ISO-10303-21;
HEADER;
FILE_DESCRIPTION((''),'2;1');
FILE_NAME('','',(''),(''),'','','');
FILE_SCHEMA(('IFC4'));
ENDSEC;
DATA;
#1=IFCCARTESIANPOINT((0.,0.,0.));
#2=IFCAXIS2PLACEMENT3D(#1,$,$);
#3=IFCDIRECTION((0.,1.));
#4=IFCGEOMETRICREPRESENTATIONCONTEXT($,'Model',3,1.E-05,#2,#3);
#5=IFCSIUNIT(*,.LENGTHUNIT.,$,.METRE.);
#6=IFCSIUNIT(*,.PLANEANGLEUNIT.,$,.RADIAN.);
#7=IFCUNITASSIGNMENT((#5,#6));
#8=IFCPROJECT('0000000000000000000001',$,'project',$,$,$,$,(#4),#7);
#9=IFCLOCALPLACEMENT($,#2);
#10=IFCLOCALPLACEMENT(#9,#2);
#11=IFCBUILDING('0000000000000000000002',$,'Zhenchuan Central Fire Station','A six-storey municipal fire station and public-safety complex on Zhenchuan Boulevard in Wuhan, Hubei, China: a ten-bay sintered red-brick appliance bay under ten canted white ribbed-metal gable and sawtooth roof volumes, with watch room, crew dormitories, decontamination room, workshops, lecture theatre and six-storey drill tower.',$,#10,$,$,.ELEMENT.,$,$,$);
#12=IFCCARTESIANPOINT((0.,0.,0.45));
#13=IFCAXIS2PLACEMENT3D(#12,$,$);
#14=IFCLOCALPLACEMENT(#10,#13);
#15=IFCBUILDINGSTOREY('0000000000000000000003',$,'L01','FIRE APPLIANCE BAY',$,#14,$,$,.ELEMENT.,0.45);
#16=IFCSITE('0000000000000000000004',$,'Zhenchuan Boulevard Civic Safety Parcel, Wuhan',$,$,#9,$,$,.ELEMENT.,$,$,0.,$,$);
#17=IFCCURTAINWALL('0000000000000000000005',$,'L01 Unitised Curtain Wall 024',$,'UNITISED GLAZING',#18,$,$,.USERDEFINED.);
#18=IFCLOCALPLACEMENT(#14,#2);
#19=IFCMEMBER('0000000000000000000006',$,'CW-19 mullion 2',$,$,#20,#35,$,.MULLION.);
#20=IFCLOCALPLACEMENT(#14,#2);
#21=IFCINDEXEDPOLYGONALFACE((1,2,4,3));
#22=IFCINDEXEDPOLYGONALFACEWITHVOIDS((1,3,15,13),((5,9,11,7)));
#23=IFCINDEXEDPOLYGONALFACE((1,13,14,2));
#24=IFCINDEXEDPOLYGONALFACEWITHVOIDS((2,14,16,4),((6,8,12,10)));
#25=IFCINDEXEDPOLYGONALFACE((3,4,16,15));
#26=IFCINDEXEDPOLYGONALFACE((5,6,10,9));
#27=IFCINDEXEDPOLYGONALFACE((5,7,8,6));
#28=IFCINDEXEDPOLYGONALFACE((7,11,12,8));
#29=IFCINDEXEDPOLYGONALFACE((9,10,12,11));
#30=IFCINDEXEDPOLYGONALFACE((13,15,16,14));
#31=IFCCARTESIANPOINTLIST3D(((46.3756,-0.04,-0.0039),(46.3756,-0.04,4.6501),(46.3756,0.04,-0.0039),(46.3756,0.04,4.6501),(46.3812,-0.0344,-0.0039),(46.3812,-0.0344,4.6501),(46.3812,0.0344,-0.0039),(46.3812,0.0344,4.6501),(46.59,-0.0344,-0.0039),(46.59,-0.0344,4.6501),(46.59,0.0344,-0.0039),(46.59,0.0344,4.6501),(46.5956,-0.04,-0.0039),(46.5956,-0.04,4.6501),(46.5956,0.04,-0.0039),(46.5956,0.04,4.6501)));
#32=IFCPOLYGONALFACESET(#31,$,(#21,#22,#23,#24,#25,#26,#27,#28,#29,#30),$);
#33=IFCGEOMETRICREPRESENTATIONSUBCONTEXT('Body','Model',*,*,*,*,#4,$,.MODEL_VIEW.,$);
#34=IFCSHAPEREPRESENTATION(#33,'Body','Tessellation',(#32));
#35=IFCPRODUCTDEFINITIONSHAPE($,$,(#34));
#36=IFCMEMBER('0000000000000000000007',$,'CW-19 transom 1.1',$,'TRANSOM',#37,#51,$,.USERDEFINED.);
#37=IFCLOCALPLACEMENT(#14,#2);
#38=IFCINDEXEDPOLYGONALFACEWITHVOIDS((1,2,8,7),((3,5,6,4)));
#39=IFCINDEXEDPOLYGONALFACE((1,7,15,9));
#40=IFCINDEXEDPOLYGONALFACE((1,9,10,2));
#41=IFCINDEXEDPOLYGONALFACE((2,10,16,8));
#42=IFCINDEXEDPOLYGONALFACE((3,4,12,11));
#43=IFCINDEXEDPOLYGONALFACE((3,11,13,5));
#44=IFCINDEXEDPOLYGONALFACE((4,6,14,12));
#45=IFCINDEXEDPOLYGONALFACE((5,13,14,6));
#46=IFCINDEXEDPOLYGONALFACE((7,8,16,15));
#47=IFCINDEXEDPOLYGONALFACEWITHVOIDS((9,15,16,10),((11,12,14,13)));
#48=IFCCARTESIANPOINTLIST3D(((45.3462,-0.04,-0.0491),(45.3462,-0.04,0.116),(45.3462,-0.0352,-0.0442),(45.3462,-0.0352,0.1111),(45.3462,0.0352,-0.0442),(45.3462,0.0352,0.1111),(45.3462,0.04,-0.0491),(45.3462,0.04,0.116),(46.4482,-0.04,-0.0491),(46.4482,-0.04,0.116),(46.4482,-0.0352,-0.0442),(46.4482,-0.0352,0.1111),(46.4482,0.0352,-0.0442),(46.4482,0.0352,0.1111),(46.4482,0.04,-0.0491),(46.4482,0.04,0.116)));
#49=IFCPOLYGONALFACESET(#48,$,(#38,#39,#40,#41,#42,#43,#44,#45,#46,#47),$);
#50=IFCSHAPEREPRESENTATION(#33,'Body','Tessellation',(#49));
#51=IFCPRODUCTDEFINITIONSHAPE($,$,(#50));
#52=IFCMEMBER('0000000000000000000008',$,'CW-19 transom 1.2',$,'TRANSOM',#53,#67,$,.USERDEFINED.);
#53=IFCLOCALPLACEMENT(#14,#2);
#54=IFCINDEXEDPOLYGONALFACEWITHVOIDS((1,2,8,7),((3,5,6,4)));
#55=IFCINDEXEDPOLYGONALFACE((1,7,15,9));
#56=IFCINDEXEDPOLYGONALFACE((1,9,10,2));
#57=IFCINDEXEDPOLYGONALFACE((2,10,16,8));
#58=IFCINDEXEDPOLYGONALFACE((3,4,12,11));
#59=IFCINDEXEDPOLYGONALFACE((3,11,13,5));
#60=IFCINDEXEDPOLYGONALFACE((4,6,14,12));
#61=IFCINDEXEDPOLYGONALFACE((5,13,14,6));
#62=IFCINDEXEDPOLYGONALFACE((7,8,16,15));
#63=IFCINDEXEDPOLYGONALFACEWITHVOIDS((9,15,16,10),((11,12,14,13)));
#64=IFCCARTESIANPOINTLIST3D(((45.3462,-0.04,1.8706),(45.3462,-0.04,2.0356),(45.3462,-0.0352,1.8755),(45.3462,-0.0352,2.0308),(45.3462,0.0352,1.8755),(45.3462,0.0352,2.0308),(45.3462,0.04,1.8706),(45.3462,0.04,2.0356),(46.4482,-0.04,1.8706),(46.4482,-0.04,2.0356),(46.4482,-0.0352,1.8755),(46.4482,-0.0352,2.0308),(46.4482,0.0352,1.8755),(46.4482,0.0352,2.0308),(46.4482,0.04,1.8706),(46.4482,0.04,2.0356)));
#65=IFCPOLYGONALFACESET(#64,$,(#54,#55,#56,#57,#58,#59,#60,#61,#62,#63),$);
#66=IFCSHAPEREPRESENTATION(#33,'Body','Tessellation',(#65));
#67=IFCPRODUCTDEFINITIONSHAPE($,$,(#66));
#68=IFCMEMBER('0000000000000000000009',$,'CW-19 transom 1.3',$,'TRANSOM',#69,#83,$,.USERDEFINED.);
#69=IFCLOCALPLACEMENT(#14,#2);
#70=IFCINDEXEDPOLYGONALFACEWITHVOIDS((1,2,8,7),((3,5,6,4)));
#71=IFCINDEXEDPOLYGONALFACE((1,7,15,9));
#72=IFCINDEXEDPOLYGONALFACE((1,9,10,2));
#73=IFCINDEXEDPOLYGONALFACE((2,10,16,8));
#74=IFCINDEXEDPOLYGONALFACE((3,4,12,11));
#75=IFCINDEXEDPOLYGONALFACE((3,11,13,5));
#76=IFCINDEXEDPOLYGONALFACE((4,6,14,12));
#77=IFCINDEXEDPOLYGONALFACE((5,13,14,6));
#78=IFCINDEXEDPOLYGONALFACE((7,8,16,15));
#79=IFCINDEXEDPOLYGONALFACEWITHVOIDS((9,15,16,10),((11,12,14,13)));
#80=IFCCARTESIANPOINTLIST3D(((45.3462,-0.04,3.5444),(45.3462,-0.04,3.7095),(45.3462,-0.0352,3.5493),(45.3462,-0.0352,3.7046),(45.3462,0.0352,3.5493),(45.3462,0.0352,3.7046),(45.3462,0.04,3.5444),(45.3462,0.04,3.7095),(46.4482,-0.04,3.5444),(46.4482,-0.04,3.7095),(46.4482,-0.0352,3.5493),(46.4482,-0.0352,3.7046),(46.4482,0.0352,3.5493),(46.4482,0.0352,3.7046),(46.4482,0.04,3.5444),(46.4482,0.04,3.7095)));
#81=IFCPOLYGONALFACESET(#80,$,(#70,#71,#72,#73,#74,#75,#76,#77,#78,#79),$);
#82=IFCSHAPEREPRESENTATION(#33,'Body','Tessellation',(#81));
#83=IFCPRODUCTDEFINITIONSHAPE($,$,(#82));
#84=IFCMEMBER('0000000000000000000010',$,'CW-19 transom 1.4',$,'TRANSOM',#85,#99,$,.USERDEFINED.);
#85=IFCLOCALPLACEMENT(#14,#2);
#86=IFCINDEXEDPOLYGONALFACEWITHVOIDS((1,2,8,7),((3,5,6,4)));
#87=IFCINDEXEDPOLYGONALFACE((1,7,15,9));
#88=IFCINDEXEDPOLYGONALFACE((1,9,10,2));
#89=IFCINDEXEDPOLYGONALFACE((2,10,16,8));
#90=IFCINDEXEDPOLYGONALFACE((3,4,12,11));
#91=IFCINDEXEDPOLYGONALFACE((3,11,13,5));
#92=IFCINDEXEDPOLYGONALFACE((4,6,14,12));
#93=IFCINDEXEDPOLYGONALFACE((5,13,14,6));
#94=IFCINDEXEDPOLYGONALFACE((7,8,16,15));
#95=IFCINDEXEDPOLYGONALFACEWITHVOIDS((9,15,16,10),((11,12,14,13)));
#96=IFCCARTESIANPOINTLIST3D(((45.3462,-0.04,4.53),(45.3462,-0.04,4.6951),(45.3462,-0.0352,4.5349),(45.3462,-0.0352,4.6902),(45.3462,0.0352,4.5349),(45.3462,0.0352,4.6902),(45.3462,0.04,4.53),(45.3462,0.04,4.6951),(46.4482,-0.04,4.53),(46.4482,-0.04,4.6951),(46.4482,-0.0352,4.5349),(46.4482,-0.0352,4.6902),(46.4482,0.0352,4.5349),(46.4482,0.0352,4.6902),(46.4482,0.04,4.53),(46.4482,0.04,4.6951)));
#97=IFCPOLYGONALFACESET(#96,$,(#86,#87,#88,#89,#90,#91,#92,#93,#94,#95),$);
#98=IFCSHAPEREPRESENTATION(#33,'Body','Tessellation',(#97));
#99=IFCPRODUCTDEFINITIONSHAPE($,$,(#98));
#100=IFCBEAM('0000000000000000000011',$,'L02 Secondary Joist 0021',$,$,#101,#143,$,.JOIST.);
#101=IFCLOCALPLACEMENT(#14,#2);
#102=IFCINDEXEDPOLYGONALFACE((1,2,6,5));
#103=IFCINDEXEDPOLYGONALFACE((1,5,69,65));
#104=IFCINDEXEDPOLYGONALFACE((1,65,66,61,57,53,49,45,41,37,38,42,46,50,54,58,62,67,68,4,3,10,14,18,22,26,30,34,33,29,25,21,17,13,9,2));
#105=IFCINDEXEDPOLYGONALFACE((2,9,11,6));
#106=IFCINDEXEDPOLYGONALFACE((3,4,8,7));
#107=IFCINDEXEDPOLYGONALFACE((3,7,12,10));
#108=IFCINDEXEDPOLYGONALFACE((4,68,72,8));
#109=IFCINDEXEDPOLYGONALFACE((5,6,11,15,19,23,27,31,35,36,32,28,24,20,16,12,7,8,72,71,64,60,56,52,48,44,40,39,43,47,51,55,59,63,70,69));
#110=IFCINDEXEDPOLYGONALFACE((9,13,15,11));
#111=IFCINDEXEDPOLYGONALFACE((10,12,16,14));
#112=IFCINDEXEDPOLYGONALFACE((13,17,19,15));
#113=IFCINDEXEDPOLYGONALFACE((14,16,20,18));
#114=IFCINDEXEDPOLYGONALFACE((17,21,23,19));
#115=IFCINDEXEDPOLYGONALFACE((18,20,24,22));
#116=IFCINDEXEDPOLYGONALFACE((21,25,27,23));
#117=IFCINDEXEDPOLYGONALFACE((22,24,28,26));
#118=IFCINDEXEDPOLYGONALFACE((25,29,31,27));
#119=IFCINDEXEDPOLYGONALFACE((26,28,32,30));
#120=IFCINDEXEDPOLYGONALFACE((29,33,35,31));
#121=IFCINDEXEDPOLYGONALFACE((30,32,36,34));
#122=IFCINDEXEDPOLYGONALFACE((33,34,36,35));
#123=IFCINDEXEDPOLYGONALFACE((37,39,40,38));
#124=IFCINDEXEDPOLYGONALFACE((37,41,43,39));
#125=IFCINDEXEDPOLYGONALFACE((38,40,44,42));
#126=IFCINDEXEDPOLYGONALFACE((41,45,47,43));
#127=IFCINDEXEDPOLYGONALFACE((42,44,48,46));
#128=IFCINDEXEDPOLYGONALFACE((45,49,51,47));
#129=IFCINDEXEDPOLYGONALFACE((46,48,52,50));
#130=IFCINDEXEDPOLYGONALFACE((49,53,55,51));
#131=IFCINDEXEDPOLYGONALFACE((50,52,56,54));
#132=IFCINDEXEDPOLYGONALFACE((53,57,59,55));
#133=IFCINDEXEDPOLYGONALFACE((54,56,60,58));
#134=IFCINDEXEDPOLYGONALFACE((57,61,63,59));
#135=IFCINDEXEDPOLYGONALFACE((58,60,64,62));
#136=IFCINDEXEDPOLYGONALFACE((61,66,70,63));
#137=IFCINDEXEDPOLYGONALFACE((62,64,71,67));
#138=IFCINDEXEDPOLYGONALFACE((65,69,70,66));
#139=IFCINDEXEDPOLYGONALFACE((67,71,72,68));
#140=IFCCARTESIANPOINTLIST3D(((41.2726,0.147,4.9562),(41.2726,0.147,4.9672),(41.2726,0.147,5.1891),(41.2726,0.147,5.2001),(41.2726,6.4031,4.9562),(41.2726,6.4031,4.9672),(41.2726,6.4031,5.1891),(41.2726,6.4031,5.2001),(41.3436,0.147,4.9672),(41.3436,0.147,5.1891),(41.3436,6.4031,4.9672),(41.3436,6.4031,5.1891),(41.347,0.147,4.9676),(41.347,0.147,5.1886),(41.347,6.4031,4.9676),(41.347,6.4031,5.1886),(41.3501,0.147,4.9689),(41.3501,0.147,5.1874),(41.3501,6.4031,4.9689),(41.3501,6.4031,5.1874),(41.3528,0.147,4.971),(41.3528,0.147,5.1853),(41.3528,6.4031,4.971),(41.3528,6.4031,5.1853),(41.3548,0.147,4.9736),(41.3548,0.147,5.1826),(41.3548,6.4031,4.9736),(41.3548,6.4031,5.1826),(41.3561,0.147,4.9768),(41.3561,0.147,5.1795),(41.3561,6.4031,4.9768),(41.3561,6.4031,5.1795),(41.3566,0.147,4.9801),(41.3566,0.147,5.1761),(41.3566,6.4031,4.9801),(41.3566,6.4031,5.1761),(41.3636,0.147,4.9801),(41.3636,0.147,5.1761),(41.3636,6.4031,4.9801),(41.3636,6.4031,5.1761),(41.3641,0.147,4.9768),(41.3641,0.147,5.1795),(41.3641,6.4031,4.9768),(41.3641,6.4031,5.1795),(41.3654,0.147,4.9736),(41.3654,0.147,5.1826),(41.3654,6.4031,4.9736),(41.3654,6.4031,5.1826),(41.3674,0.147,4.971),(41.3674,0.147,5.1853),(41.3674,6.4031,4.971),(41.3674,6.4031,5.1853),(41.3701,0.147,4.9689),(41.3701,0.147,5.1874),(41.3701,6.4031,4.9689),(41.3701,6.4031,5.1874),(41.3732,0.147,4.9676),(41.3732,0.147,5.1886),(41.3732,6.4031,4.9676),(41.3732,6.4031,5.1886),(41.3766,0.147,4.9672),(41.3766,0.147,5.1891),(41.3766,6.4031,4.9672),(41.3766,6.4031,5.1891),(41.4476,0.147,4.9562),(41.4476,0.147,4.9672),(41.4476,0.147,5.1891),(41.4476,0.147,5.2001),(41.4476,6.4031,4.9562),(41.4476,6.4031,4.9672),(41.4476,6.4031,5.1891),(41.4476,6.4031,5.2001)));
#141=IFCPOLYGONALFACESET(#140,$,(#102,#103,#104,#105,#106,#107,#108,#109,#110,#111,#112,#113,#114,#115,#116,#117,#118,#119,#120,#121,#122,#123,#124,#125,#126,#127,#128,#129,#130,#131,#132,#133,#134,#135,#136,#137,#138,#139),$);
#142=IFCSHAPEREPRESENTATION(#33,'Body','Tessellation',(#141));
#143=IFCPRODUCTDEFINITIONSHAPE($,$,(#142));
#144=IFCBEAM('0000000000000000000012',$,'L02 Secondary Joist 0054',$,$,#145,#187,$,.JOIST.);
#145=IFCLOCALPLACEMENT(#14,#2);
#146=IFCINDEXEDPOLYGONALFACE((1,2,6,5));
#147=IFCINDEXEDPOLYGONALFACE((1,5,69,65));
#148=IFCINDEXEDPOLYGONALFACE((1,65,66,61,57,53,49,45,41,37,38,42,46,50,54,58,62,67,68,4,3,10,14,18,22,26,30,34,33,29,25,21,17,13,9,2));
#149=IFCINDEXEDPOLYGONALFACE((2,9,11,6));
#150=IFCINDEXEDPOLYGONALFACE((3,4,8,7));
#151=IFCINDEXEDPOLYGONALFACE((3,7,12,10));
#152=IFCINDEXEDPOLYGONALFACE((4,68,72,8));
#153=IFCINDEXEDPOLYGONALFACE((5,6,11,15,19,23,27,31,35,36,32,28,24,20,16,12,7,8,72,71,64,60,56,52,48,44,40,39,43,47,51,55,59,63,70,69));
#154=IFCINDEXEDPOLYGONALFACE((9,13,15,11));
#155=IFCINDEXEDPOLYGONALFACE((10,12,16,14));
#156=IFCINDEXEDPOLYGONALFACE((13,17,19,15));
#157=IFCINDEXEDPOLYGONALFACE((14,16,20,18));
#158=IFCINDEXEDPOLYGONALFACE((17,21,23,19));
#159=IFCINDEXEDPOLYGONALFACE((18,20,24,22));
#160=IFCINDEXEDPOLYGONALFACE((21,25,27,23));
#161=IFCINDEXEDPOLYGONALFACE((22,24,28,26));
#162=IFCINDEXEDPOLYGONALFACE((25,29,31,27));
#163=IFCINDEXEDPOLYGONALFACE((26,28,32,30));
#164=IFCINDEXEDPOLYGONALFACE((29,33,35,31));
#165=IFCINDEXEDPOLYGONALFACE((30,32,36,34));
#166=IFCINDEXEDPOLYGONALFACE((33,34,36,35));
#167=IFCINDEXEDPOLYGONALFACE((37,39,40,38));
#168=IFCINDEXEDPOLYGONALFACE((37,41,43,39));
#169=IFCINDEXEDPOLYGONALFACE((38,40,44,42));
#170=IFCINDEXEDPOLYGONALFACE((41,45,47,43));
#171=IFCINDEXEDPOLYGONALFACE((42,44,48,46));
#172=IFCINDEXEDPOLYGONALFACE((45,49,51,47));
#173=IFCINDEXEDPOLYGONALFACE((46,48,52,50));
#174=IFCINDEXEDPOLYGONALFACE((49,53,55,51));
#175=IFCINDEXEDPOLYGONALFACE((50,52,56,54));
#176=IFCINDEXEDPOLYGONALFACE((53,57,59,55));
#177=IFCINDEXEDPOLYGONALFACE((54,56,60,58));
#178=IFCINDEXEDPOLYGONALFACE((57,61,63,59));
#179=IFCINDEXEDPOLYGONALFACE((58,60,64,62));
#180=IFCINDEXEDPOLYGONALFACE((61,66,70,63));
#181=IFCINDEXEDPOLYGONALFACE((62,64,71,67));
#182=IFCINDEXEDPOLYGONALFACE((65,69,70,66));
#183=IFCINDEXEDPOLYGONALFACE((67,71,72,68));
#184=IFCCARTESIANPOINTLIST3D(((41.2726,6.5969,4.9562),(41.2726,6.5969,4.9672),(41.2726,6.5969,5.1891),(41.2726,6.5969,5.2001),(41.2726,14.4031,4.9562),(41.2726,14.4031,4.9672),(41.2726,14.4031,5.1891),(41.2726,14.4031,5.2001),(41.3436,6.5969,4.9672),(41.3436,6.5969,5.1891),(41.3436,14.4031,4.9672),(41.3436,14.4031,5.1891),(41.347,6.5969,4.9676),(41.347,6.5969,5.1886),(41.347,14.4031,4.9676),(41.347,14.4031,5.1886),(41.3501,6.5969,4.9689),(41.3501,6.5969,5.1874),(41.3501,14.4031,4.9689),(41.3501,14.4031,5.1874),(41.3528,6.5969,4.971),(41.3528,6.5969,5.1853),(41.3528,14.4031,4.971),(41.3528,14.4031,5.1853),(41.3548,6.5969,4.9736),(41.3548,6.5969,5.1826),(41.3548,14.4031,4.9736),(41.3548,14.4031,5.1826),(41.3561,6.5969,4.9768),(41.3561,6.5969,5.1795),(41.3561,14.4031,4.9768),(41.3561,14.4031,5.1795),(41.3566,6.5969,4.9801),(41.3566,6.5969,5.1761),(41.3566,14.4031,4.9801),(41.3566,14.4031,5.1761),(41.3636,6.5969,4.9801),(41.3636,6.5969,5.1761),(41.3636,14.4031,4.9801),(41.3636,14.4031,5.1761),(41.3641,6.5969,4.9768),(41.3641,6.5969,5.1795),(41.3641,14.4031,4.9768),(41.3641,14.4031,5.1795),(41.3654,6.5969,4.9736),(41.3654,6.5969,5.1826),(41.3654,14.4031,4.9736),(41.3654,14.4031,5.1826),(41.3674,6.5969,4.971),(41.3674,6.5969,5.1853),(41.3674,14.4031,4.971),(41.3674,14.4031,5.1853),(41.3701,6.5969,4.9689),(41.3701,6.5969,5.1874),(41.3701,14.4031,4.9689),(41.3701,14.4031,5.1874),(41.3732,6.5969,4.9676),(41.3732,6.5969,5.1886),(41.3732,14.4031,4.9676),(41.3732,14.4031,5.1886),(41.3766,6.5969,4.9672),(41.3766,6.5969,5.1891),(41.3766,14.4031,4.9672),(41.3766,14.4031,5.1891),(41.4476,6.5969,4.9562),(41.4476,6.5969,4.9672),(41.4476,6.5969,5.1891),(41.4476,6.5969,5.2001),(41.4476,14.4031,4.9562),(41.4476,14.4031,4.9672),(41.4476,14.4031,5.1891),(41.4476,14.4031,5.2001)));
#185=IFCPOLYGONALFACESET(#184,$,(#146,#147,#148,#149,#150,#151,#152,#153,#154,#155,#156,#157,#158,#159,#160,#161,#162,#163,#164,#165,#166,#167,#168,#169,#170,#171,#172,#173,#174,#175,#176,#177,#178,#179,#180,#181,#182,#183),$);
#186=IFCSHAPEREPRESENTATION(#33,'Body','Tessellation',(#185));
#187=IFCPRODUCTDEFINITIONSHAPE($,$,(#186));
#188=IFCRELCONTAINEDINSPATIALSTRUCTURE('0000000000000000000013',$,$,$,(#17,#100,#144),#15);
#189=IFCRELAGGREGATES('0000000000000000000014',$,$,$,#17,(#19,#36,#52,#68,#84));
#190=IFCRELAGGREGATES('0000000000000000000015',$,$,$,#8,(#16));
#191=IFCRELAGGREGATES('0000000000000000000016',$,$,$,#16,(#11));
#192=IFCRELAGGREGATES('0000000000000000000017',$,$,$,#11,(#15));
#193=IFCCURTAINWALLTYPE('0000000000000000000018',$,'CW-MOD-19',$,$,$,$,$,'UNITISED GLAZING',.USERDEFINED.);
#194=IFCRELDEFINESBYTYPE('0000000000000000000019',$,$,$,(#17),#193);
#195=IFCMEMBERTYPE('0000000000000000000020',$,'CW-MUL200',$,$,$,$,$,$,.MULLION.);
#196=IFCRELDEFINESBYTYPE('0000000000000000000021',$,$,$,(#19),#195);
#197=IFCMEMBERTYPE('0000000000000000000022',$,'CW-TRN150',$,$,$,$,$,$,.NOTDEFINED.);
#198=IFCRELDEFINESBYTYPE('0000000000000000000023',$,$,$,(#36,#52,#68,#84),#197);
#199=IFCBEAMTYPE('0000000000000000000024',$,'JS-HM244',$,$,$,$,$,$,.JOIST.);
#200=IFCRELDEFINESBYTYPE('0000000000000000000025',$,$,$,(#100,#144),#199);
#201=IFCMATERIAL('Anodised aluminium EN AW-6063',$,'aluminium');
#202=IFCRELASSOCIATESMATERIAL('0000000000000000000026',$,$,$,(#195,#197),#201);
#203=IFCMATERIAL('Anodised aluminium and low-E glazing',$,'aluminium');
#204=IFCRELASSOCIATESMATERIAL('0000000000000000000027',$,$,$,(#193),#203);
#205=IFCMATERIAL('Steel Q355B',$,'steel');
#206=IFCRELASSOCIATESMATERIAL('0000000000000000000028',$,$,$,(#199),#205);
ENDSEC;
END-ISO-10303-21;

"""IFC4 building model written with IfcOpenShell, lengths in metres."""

from ifc_helpers import new_model, si_unit, direction, frame, origin, origin_2d, place, context, subcontext, project, spatial, hollow_rectangle, i_section, extrude, material, material_profile, profile_set, type_object, element, aggregate, save


model = new_model("IFC4")

# Units and contexts
model_context = context("Model", 3, precision=1e-05, world=origin(), true_north=direction((0.0, 1.0)))
body_context = subcontext(model_context, "Body", "Model", "MODEL_VIEW")
ifc_project = project(units=[si_unit("LENGTHUNIT", "METRE"), si_unit("PLANEANGLEUNIT", "RADIAN")], contexts=[model_context])

# Site, building, storey
site_placement = place(None, origin())
site = spatial("IfcSite", under=ifc_project, at=site_placement, Name="Zhenchuan Boulevard Civic Safety Parcel, Wuhan", CompositionType="ELEMENT", RefElevation=0.0)
building_placement = place(site_placement, origin())
building = spatial("IfcBuilding", under=site, at=building_placement, Name="Zhenchuan Central Fire Station", Description="A six-storey municipal fire station and public-safety complex on Zhenchuan Boulevard in Wuhan, Hubei, China: a ten-bay sintered red-brick appliance bay under ten canted white ribbed-metal gable and sawtooth roof volumes, with watch room, crew dormitories, decontamination room, workshops, lecture theatre and six-storey drill tower.", CompositionType="ELEMENT")
storey_placement = place(building_placement, frame((0.0, 0.0, 0.45)))
storey = spatial("IfcBuildingStorey", under=building, at=storey_placement, Name="L01", Description="FIRE APPLIANCE BAY", CompositionType="ELEMENT", Elevation=0.45)

# Shared definitions
ifc_material_1 = material(Name="Anodised aluminium and low-E glazing", Category="aluminium")
ifc_material_2 = material(Name="Anodised aluminium EN AW-6063", Category="aluminium")
ifc_material_profile_1 = material_profile(ifc_material_2, hollow_rectangle(XDim=0.0801, YDim=0.22, WallThickness=0.0056, at=origin_2d()), Name="ALU-M 220x80")
ifc_profile_set_1 = profile_set([ifc_material_profile_1], Name="Anodised aluminium EN AW-6063")
member_type_1 = type_object("IfcMemberType", Name="CW-MUL200", PredefinedType="MULLION", material=ifc_profile_set_1)

# Curtain wall, members
curtain_wall_type_1 = type_object("IfcCurtainWallType", Name="CW-MOD-19", ElementType="UNITISED GLAZING", PredefinedType="USERDEFINED", material=ifc_material_1)
curtain_wall_1_placement = place(storey_placement, origin())
curtain_wall_1 = element("IfcCurtainWall", 1, at=curtain_wall_1_placement, inside=storey, type_object=curtain_wall_type_1, Name="L01 Unitised Curtain Wall 024", ObjectType="UNITISED GLAZING", PredefinedType="USERDEFINED")
member_1_placement = place(storey_placement, frame((46.4856, 0.0, -0.0039), z_axis=(0.0, 0.0, 1.0), x_axis=(0.0, 1.0, 0.0)))
member_1 = element("IfcMember", 2, at=member_1_placement, type_object=member_type_1, Name="CW-19 mullion 2", PredefinedType="MULLION", context=body_context, shape_type="SweptSolid", body=[
    extrude(hollow_rectangle(XDim=0.0801, YDim=0.22, WallThickness=0.0056, at=origin_2d()), origin(), (0.0, 0.0, 1.0), 4.6541),
])
ifc_material_profile_2 = material_profile(ifc_material_2, hollow_rectangle(XDim=0.0801, YDim=0.165, WallThickness=0.0049, at=origin_2d()), Name="ALU-T 165x80")
ifc_profile_set_2 = profile_set([ifc_material_profile_2], Name="Anodised aluminium EN AW-6063")
member_type_2 = type_object("IfcMemberType", Name="CW-TRN150", PredefinedType="NOTDEFINED", material=ifc_profile_set_2)
member_2_placement = place(storey_placement, frame((45.3462, 0.0, 0.0334), z_axis=(1.0, 0.0, 0.0), x_axis=(0.0, 1.0, 0.0)))
member_2 = element("IfcMember", 3, at=member_2_placement, type_object=member_type_2, Name="CW-19 transom 1.1", ObjectType="TRANSOM", PredefinedType="USERDEFINED", context=body_context, shape_type="SweptSolid", body=[
    extrude(hollow_rectangle(XDim=0.0801, YDim=0.165, WallThickness=0.0049, at=origin_2d()), origin(), (0.0, 0.0, 1.0), 1.1021),
])
member_3_placement = place(storey_placement, frame((45.3462, 0.0, 1.9531), z_axis=(1.0, 0.0, 0.0), x_axis=(0.0, 1.0, 0.0)))
member_3 = element("IfcMember", 4, at=member_3_placement, type_object=member_type_2, Name="CW-19 transom 1.2", ObjectType="TRANSOM", PredefinedType="USERDEFINED", context=body_context, shape_type="SweptSolid", body=[
    extrude(hollow_rectangle(XDim=0.0801, YDim=0.165, WallThickness=0.0049, at=origin_2d()), origin(), (0.0, 0.0, 1.0), 1.1021),
])
member_4_placement = place(storey_placement, frame((45.3462, 0.0, 3.627), z_axis=(1.0, 0.0, 0.0), x_axis=(0.0, 1.0, 0.0)))
member_4 = element("IfcMember", 5, at=member_4_placement, type_object=member_type_2, Name="CW-19 transom 1.3", ObjectType="TRANSOM", PredefinedType="USERDEFINED", context=body_context, shape_type="SweptSolid", body=[
    extrude(hollow_rectangle(XDim=0.0801, YDim=0.165, WallThickness=0.0049, at=origin_2d()), origin(), (0.0, 0.0, 1.0), 1.1021),
])
member_5_placement = place(storey_placement, frame((45.3462, 0.0, 4.6125), z_axis=(1.0, 0.0, 0.0), x_axis=(0.0, 1.0, 0.0)))
member_5 = element("IfcMember", 6, at=member_5_placement, type_object=member_type_2, Name="CW-19 transom 1.4", ObjectType="TRANSOM", PredefinedType="USERDEFINED", context=body_context, shape_type="SweptSolid", body=[
    extrude(hollow_rectangle(XDim=0.0801, YDim=0.165, WallThickness=0.0049, at=origin_2d()), origin(), (0.0, 0.0, 1.0), 1.1021),
])

# Beams
ifc_material_3 = material(Name="Steel Q355B", Category="steel")
ifc_material_profile_3 = material_profile(ifc_material_3, i_section(OverallWidth=0.175, OverallDepth=0.2439, WebThickness=0.0071, FlangeThickness=0.011, FilletRadius=0.0129, at=origin_2d()), Name="HM 244x175")
ifc_profile_set_3 = profile_set([ifc_material_profile_3], Name="Steel Q355B")
beam_type_1 = type_object("IfcBeamType", Name="JS-HM244", PredefinedType="JOIST", material=ifc_profile_set_3)
beam_1_placement = place(storey_placement, frame((41.3601, 0.147, 5.0781), z_axis=(0.0, 1.0, 0.0), x_axis=(-1.0, 0.0, 0.0)))
element("IfcBeam", 7, at=beam_1_placement, inside=storey, type_object=beam_type_1, Name="L02 Secondary Joist 0021", PredefinedType="JOIST", context=body_context, shape_type="SweptSolid", body=[
    extrude(i_section(OverallWidth=0.175, OverallDepth=0.2439, WebThickness=0.0071, FlangeThickness=0.011, FilletRadius=0.0129, at=origin_2d()), origin(), (0.0, 0.0, 1.0), 6.2561),
])
beam_2_placement = place(storey_placement, frame((41.3601, 6.5969, 5.0781), z_axis=(0.0, 1.0, 0.0), x_axis=(-1.0, 0.0, 0.0)))
element("IfcBeam", 8, at=beam_2_placement, inside=storey, type_object=beam_type_1, Name="L02 Secondary Joist 0054", PredefinedType="JOIST", context=body_context, shape_type="SweptSolid", body=[
    extrude(i_section(OverallWidth=0.175, OverallDepth=0.2439, WebThickness=0.0071, FlangeThickness=0.011, FilletRadius=0.0129, at=origin_2d()), origin(), (0.0, 0.0, 1.0), 7.8062),
])

aggregate(curtain_wall_1, [member_1, member_2, member_3, member_4, member_5])

save(model, "model.ifc")
